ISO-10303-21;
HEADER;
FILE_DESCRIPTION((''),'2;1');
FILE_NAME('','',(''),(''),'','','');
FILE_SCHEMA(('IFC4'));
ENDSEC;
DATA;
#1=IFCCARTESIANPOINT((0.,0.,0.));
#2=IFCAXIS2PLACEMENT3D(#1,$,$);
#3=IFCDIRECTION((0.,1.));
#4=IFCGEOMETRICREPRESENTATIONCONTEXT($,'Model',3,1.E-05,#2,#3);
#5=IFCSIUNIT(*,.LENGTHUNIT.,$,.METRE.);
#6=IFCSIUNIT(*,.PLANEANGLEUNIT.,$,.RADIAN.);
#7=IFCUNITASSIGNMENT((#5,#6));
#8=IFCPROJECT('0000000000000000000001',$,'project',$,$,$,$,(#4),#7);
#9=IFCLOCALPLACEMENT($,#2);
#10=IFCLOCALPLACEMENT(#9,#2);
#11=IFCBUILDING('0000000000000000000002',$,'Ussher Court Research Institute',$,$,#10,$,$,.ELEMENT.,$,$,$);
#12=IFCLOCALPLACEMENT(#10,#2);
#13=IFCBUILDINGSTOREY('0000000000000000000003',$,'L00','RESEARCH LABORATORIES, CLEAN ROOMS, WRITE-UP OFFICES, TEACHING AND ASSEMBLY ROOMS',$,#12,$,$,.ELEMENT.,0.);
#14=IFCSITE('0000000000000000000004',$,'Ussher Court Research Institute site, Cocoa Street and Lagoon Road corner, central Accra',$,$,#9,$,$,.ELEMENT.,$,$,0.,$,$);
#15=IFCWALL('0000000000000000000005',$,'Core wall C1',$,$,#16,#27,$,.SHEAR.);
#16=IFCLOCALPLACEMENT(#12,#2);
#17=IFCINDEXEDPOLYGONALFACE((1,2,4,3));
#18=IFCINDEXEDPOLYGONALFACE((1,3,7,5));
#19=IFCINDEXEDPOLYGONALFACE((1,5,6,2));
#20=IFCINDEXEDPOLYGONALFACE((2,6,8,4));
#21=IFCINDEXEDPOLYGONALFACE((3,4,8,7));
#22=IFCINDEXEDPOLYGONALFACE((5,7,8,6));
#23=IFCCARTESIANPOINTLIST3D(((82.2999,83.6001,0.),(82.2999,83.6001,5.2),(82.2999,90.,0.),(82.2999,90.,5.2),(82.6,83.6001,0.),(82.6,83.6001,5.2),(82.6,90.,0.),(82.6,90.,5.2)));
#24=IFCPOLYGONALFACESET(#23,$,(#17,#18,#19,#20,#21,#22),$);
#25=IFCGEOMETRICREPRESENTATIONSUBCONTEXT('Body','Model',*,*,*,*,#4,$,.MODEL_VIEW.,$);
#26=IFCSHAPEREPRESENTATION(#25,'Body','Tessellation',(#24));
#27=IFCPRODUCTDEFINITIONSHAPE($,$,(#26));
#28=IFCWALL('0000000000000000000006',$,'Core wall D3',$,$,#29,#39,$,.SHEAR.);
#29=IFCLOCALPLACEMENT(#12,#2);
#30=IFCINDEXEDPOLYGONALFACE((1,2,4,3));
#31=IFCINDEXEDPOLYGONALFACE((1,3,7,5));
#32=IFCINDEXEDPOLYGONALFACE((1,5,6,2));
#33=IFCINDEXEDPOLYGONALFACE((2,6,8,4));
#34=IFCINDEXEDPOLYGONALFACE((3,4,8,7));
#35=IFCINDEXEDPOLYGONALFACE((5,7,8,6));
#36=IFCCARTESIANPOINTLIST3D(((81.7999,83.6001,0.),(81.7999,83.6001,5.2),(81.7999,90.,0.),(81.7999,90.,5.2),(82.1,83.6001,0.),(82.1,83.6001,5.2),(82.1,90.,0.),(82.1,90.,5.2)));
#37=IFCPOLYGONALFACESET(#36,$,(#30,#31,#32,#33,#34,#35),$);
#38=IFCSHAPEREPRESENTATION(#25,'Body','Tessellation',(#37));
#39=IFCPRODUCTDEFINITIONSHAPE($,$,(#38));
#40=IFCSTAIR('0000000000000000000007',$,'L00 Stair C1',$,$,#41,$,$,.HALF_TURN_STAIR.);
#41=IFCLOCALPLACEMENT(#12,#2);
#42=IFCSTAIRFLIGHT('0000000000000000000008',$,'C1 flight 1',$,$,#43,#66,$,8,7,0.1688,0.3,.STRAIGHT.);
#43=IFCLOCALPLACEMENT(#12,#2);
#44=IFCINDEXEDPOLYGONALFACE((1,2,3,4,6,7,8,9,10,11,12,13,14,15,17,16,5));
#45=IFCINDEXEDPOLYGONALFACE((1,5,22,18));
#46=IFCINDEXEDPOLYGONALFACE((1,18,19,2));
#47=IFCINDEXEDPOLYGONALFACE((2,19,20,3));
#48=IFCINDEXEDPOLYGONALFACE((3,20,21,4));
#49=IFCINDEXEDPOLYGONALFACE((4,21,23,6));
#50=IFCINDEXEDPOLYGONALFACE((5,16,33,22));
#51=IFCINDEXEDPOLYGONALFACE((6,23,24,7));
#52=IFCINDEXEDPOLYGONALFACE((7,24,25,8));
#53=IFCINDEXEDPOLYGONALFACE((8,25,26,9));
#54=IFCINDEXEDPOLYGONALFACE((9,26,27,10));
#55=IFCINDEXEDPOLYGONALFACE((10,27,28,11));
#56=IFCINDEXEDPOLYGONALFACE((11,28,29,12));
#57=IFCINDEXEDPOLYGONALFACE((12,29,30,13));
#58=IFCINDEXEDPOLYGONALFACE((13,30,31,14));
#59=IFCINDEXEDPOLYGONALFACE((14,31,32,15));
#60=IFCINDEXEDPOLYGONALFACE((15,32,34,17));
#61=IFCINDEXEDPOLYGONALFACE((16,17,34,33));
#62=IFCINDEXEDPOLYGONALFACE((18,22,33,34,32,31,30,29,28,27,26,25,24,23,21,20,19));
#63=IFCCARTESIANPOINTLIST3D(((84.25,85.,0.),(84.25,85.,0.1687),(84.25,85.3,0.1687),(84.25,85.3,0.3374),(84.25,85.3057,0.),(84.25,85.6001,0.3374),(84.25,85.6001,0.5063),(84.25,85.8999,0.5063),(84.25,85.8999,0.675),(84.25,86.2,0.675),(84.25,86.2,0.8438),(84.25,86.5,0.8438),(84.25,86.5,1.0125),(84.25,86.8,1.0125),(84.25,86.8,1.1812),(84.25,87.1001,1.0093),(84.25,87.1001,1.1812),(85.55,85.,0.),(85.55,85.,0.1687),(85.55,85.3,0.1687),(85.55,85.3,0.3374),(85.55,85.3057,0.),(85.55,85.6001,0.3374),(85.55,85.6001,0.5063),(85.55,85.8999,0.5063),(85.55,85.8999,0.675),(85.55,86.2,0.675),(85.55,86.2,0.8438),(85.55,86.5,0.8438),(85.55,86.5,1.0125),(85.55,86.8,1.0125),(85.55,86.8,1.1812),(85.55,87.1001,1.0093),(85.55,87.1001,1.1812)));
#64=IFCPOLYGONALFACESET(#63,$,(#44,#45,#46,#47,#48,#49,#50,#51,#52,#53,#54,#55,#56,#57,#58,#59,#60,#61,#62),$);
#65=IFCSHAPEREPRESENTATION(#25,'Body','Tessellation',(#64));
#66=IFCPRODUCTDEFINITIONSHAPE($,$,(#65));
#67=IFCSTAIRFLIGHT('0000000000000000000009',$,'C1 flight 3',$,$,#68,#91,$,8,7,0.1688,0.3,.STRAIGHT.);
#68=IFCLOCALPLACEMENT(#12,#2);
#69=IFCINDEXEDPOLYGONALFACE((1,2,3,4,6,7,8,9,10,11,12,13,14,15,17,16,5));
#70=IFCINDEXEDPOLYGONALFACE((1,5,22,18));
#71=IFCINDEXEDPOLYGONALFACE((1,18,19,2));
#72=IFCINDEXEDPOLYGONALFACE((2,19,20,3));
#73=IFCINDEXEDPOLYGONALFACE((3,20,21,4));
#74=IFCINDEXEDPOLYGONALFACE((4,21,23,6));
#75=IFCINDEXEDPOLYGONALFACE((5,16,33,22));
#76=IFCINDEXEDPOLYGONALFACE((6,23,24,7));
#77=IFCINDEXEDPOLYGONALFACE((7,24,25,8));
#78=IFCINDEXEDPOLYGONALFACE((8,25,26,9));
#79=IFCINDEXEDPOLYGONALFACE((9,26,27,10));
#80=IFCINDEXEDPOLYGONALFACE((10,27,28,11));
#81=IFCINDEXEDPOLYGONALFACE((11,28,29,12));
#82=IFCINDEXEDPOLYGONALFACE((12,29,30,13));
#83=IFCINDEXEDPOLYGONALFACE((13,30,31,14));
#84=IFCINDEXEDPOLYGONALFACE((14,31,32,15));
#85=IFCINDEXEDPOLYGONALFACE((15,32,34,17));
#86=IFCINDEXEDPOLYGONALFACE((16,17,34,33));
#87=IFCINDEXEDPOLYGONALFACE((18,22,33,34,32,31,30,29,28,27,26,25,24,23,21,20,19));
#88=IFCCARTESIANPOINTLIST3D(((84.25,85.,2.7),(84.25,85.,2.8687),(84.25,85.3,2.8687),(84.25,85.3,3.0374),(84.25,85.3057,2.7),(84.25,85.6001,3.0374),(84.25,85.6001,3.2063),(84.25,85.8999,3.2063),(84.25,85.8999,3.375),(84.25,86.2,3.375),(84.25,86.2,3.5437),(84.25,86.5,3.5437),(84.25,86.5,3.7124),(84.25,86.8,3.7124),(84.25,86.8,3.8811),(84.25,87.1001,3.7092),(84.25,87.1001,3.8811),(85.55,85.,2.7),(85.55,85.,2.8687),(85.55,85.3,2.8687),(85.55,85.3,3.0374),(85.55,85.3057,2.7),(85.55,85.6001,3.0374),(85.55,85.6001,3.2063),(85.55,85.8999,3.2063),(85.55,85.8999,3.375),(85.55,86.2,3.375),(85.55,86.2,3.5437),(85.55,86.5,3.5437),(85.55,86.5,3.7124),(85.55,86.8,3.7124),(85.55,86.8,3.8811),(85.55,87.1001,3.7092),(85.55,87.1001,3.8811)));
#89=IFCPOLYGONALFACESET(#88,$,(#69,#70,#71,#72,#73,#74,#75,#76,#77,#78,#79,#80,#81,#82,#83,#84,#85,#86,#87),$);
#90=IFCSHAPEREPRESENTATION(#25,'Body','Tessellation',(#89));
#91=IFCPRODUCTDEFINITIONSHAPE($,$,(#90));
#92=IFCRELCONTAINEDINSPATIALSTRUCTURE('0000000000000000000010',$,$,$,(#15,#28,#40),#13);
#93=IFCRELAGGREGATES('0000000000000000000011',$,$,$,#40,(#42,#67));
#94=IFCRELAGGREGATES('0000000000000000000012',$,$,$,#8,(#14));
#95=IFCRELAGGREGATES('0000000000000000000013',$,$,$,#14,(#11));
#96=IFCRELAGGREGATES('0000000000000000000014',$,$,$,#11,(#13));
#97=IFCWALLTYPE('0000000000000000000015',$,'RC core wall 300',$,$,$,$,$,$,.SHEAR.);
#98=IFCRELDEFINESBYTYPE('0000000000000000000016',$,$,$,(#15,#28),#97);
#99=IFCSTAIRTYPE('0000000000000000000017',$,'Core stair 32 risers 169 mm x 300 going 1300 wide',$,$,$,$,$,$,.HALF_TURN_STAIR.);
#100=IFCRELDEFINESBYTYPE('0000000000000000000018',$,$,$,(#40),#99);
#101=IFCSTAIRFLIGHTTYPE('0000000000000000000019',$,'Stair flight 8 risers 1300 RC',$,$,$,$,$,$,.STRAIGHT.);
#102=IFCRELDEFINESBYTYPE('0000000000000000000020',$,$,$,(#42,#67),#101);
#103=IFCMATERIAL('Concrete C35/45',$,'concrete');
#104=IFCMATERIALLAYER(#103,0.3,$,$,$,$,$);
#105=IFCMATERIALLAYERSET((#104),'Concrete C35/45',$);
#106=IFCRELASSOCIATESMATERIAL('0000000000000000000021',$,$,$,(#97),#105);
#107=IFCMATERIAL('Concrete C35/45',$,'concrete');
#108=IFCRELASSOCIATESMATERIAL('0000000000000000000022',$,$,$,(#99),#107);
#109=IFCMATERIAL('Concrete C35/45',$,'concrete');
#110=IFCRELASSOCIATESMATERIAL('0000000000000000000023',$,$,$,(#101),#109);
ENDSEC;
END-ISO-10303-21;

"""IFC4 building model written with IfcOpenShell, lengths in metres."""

from ifc_helpers import new_model, si_unit, direction, frame, frame_2d, origin, place, context, subcontext, project, spatial, polyline, rectangle, outline, extrude, material, layer, layer_set, type_object, element, aggregate, save


model = new_model("IFC4")

# Units and contexts
model_context = context("Model", 3, precision=1e-05, world=origin(), true_north=direction((0.0, 1.0)))
body_context = subcontext(model_context, "Body", "Model", "MODEL_VIEW")
ifc_project = project(units=[si_unit("LENGTHUNIT", "METRE"), si_unit("PLANEANGLEUNIT", "RADIAN")], contexts=[model_context])

# Site, building, storey
site_placement = place(None, origin())
site = spatial("IfcSite", under=ifc_project, at=site_placement, Name="Ussher Court Research Institute site, Cocoa Street and Lagoon Road corner, central Accra", CompositionType="ELEMENT", RefElevation=0.0)
building_placement = place(site_placement, origin())
building = spatial("IfcBuilding", under=site, at=building_placement, Name="Ussher Court Research Institute", CompositionType="ELEMENT")
storey_placement = place(building_placement, origin())
storey = spatial("IfcBuildingStorey", under=building, at=storey_placement, Name="L00", Description="RESEARCH LABORATORIES, CLEAN ROOMS, WRITE-UP OFFICES, TEACHING AND ASSEMBLY ROOMS", CompositionType="ELEMENT", Elevation=0.0)

# Shared definitions
ifc_material_1 = material(Name="Concrete C35/45", Category="concrete")
ifc_layer_1 = layer(ifc_material_1, 0.3)
ifc_layer_set_1 = layer_set([ifc_layer_1], Name="Concrete C35/45")
wall_type_1 = type_object("IfcWallType", Name="RC core wall 300", PredefinedType="SHEAR", material=ifc_layer_set_1)

# Walls
for number, where, z_axis, x_axis, name in (
    (1, (82.45, 83.6001, 0.0), (0.0, 0.0, 1.0), (0.0, 1.0, 0.0), "Core wall C1"),
    (2, (81.95, 83.6001, 0.0), (0.0, 0.0, 1.0), (0.0, 1.0, 0.0), "Core wall D3"),
):
    element("IfcWall", number, at=place(storey_placement, frame(where, z_axis=z_axis, x_axis=x_axis)), inside=storey, type_object=wall_type_1, Name=name, PredefinedType="SHEAR", context=body_context, shape_type="SweptSolid", body=[
        extrude(rectangle(XDim=6.3999, YDim=0.3, at=frame_2d((3.2, 0.0))), origin(), (0.0, 0.0, 1.0), 5.2),
    ])

# Stair, stair flights
ifc_material_2 = material(Name="Concrete C35/45", Category="concrete")
stair_type = type_object("IfcStairType", Name="Core stair 32 risers 169 mm x 300 going 1300 wide", PredefinedType="HALF_TURN_STAIR", material=ifc_material_2)
stair_placement = place(storey_placement, origin())
stair = element("IfcStair", 3, at=stair_placement, inside=storey, type_object=stair_type, Name="L00 Stair C1", PredefinedType="HALF_TURN_STAIR")
ifc_material_3 = material(Name="Concrete C35/45", Category="concrete")
stair_flight_type = type_object("IfcStairFlightType", Name="Stair flight 8 risers 1300 RC", PredefinedType="STRAIGHT", material=ifc_material_3)
stair_flight_1_placement = place(storey_placement, frame((84.8999, 85.0, 0.0), z_axis=(0.0, 0.0, 1.0), x_axis=(0.0, 1.0, 0.0)))
stair_flight_1 = element("IfcStairFlight", 4, at=stair_flight_1_placement, type_object=stair_flight_type, Name="C1 flight 1", NumberOfRisers=8, NumberOfTreads=7, PredefinedType="STRAIGHT", RiserHeight=0.1688, TreadLength=0.3, context=body_context, shape_type="SweptSolid", body=[
    extrude(outline(polyline([(0.0, 0.0), (0.0, 0.1687), (0.3, 0.1687), (0.3, 0.3374), (0.6001, 0.3374), (0.6001, 0.5063), (0.8999, 0.5063), (0.8999, 0.675), (1.2, 0.675), (1.2, 0.8438), (1.5, 0.8438), (1.5, 1.0125), (1.8, 1.0125), (1.8, 1.1812), (2.1001, 1.1812), (2.1001, 1.3501), (2.1001, 1.0093), (0.3057, 0.0), (0.0, 0.0)])), frame((0.0, 0.6499, 0.0), z_axis=(0.0, -1.0, 0.0), x_axis=(1.0, 0.0, 0.0)), (0.0, 0.0, 1.0), 1.3),
])
stair_flight_2_placement = place(storey_placement, frame((84.8999, 85.0, 2.7), z_axis=(0.0, 0.0, 1.0), x_axis=(0.0, 1.0, 0.0)))
stair_flight_2 = element("IfcStairFlight", 5, at=stair_flight_2_placement, type_object=stair_flight_type, Name="C1 flight 3", NumberOfRisers=8, NumberOfTreads=7, PredefinedType="STRAIGHT", RiserHeight=0.1688, TreadLength=0.3, context=body_context, shape_type="SweptSolid", body=[
    extrude(outline(polyline([(0.0, 0.0), (0.0, 0.1687), (0.3, 0.1687), (0.3, 0.3374), (0.6001, 0.3374), (0.6001, 0.5063), (0.8999, 0.5063), (0.8999, 0.675), (1.2, 0.675), (1.2, 0.8438), (1.5, 0.8438), (1.5, 1.0125), (1.8, 1.0125), (1.8, 1.1812), (2.1001, 1.1812), (2.1001, 1.3501), (2.1001, 1.0093), (0.3057, 0.0), (0.0, 0.0)])), frame((0.0, 0.6499, 0.0), z_axis=(0.0, -1.0, 0.0), x_axis=(1.0, 0.0, 0.0)), (0.0, 0.0, 1.0), 1.3),
])
aggregate(stair, [stair_flight_1, stair_flight_2])

save(model, "model.ifc")
